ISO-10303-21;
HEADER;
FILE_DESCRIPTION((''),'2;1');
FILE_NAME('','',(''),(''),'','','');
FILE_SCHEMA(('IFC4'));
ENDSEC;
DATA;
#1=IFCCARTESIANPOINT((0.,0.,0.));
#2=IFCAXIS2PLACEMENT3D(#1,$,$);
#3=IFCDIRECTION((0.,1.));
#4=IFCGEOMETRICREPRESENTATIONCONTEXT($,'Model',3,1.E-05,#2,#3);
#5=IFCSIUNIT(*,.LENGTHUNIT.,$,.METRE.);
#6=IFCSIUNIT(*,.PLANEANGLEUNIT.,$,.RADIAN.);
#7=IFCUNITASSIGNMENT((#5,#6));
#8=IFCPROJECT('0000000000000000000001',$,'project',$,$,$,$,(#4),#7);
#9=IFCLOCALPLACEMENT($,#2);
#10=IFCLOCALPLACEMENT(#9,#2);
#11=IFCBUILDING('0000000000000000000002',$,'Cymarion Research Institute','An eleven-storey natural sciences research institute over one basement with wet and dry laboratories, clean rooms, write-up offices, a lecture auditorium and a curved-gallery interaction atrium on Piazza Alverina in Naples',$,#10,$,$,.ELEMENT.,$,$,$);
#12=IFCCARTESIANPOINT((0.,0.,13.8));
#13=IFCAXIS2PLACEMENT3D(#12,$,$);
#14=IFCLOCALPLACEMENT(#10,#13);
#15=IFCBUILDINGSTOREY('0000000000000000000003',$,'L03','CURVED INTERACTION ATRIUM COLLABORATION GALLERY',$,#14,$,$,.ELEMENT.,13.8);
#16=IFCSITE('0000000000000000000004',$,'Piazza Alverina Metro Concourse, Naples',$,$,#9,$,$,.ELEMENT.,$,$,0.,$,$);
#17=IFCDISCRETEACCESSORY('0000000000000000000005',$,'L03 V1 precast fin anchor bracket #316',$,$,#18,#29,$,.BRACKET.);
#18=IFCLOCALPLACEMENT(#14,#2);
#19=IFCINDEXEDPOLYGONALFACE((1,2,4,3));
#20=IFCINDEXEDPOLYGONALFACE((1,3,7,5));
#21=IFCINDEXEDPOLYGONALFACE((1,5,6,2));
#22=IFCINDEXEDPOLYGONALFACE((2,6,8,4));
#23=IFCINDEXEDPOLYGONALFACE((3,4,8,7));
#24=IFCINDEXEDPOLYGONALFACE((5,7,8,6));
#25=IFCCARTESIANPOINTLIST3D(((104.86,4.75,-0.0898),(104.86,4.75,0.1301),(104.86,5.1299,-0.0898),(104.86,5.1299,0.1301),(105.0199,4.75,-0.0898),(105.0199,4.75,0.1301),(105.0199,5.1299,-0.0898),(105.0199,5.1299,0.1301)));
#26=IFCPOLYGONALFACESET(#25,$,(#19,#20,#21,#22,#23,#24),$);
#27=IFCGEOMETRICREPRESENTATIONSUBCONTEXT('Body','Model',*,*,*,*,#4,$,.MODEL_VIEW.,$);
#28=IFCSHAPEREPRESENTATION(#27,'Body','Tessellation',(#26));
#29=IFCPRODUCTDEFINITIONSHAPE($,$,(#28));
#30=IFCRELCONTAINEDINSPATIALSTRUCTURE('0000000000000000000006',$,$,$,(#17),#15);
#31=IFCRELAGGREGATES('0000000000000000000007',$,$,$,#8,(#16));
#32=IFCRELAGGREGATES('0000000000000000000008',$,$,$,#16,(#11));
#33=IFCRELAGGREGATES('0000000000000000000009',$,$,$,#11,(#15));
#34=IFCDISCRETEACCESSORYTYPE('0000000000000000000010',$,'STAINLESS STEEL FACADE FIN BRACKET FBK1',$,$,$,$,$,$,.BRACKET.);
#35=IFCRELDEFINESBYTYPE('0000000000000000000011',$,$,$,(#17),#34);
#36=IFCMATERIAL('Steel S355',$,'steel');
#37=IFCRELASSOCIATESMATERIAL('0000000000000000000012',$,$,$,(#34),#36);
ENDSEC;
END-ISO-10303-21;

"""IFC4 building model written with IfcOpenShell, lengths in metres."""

from ifc_helpers import new_model, si_unit, direction, frame, origin, origin_2d, place, context, subcontext, project, spatial, rectangle, extrude, material, type_object, element, save


model = new_model("IFC4")

# Units and contexts
model_context = context("Model", 3, precision=1e-05, world=origin(), true_north=direction((0.0, 1.0)))
body_context = subcontext(model_context, "Body", "Model", "MODEL_VIEW")
ifc_project = project(units=[si_unit("LENGTHUNIT", "METRE"), si_unit("PLANEANGLEUNIT", "RADIAN")], contexts=[model_context])

# Site, building, storey
site_placement = place(None, origin())
site = spatial("IfcSite", under=ifc_project, at=site_placement, Name="Piazza Alverina Metro Concourse, Naples", CompositionType="ELEMENT", RefElevation=0.0)
building_placement = place(site_placement, origin())
building = spatial("IfcBuilding", under=site, at=building_placement, Name="Cymarion Research Institute", Description="An eleven-storey natural sciences research institute over one basement with wet and dry laboratories, clean rooms, write-up offices, a lecture auditorium and a curved-gallery interaction atrium on Piazza Alverina in Naples", CompositionType="ELEMENT")
storey_placement = place(building_placement, frame((0.0, 0.0, 13.8)))
storey = spatial("IfcBuildingStorey", under=building, at=storey_placement, Name="L03", Description="CURVED INTERACTION ATRIUM COLLABORATION GALLERY", CompositionType="ELEMENT", Elevation=13.8)

# Shared definitions
ifc_material_1 = material(Name="Steel S355", Category="steel")

# Discrete accessory
discrete_accessory_type = type_object("IfcDiscreteAccessoryType", Name="STAINLESS STEEL FACADE FIN BRACKET FBK1", PredefinedType="BRACKET", material=ifc_material_1)
discrete_accessory_placement = place(storey_placement, frame((104.9399, 4.9399, -0.0898), z_axis=(0.0, 0.0, 1.0), x_axis=(0.0, -1.0, 0.0)))
element("IfcDiscreteAccessory", 1, at=discrete_accessory_placement, inside=storey, type_object=discrete_accessory_type, Name="L03 V1 precast fin anchor bracket #316", PredefinedType="BRACKET", context=body_context, shape_type="SweptSolid", body=[
    extrude(rectangle(XDim=0.3799, YDim=0.1599, at=origin_2d()), origin(), (0.0, 0.0, 1.0), 0.22),
])

save(model, "model.ifc")
